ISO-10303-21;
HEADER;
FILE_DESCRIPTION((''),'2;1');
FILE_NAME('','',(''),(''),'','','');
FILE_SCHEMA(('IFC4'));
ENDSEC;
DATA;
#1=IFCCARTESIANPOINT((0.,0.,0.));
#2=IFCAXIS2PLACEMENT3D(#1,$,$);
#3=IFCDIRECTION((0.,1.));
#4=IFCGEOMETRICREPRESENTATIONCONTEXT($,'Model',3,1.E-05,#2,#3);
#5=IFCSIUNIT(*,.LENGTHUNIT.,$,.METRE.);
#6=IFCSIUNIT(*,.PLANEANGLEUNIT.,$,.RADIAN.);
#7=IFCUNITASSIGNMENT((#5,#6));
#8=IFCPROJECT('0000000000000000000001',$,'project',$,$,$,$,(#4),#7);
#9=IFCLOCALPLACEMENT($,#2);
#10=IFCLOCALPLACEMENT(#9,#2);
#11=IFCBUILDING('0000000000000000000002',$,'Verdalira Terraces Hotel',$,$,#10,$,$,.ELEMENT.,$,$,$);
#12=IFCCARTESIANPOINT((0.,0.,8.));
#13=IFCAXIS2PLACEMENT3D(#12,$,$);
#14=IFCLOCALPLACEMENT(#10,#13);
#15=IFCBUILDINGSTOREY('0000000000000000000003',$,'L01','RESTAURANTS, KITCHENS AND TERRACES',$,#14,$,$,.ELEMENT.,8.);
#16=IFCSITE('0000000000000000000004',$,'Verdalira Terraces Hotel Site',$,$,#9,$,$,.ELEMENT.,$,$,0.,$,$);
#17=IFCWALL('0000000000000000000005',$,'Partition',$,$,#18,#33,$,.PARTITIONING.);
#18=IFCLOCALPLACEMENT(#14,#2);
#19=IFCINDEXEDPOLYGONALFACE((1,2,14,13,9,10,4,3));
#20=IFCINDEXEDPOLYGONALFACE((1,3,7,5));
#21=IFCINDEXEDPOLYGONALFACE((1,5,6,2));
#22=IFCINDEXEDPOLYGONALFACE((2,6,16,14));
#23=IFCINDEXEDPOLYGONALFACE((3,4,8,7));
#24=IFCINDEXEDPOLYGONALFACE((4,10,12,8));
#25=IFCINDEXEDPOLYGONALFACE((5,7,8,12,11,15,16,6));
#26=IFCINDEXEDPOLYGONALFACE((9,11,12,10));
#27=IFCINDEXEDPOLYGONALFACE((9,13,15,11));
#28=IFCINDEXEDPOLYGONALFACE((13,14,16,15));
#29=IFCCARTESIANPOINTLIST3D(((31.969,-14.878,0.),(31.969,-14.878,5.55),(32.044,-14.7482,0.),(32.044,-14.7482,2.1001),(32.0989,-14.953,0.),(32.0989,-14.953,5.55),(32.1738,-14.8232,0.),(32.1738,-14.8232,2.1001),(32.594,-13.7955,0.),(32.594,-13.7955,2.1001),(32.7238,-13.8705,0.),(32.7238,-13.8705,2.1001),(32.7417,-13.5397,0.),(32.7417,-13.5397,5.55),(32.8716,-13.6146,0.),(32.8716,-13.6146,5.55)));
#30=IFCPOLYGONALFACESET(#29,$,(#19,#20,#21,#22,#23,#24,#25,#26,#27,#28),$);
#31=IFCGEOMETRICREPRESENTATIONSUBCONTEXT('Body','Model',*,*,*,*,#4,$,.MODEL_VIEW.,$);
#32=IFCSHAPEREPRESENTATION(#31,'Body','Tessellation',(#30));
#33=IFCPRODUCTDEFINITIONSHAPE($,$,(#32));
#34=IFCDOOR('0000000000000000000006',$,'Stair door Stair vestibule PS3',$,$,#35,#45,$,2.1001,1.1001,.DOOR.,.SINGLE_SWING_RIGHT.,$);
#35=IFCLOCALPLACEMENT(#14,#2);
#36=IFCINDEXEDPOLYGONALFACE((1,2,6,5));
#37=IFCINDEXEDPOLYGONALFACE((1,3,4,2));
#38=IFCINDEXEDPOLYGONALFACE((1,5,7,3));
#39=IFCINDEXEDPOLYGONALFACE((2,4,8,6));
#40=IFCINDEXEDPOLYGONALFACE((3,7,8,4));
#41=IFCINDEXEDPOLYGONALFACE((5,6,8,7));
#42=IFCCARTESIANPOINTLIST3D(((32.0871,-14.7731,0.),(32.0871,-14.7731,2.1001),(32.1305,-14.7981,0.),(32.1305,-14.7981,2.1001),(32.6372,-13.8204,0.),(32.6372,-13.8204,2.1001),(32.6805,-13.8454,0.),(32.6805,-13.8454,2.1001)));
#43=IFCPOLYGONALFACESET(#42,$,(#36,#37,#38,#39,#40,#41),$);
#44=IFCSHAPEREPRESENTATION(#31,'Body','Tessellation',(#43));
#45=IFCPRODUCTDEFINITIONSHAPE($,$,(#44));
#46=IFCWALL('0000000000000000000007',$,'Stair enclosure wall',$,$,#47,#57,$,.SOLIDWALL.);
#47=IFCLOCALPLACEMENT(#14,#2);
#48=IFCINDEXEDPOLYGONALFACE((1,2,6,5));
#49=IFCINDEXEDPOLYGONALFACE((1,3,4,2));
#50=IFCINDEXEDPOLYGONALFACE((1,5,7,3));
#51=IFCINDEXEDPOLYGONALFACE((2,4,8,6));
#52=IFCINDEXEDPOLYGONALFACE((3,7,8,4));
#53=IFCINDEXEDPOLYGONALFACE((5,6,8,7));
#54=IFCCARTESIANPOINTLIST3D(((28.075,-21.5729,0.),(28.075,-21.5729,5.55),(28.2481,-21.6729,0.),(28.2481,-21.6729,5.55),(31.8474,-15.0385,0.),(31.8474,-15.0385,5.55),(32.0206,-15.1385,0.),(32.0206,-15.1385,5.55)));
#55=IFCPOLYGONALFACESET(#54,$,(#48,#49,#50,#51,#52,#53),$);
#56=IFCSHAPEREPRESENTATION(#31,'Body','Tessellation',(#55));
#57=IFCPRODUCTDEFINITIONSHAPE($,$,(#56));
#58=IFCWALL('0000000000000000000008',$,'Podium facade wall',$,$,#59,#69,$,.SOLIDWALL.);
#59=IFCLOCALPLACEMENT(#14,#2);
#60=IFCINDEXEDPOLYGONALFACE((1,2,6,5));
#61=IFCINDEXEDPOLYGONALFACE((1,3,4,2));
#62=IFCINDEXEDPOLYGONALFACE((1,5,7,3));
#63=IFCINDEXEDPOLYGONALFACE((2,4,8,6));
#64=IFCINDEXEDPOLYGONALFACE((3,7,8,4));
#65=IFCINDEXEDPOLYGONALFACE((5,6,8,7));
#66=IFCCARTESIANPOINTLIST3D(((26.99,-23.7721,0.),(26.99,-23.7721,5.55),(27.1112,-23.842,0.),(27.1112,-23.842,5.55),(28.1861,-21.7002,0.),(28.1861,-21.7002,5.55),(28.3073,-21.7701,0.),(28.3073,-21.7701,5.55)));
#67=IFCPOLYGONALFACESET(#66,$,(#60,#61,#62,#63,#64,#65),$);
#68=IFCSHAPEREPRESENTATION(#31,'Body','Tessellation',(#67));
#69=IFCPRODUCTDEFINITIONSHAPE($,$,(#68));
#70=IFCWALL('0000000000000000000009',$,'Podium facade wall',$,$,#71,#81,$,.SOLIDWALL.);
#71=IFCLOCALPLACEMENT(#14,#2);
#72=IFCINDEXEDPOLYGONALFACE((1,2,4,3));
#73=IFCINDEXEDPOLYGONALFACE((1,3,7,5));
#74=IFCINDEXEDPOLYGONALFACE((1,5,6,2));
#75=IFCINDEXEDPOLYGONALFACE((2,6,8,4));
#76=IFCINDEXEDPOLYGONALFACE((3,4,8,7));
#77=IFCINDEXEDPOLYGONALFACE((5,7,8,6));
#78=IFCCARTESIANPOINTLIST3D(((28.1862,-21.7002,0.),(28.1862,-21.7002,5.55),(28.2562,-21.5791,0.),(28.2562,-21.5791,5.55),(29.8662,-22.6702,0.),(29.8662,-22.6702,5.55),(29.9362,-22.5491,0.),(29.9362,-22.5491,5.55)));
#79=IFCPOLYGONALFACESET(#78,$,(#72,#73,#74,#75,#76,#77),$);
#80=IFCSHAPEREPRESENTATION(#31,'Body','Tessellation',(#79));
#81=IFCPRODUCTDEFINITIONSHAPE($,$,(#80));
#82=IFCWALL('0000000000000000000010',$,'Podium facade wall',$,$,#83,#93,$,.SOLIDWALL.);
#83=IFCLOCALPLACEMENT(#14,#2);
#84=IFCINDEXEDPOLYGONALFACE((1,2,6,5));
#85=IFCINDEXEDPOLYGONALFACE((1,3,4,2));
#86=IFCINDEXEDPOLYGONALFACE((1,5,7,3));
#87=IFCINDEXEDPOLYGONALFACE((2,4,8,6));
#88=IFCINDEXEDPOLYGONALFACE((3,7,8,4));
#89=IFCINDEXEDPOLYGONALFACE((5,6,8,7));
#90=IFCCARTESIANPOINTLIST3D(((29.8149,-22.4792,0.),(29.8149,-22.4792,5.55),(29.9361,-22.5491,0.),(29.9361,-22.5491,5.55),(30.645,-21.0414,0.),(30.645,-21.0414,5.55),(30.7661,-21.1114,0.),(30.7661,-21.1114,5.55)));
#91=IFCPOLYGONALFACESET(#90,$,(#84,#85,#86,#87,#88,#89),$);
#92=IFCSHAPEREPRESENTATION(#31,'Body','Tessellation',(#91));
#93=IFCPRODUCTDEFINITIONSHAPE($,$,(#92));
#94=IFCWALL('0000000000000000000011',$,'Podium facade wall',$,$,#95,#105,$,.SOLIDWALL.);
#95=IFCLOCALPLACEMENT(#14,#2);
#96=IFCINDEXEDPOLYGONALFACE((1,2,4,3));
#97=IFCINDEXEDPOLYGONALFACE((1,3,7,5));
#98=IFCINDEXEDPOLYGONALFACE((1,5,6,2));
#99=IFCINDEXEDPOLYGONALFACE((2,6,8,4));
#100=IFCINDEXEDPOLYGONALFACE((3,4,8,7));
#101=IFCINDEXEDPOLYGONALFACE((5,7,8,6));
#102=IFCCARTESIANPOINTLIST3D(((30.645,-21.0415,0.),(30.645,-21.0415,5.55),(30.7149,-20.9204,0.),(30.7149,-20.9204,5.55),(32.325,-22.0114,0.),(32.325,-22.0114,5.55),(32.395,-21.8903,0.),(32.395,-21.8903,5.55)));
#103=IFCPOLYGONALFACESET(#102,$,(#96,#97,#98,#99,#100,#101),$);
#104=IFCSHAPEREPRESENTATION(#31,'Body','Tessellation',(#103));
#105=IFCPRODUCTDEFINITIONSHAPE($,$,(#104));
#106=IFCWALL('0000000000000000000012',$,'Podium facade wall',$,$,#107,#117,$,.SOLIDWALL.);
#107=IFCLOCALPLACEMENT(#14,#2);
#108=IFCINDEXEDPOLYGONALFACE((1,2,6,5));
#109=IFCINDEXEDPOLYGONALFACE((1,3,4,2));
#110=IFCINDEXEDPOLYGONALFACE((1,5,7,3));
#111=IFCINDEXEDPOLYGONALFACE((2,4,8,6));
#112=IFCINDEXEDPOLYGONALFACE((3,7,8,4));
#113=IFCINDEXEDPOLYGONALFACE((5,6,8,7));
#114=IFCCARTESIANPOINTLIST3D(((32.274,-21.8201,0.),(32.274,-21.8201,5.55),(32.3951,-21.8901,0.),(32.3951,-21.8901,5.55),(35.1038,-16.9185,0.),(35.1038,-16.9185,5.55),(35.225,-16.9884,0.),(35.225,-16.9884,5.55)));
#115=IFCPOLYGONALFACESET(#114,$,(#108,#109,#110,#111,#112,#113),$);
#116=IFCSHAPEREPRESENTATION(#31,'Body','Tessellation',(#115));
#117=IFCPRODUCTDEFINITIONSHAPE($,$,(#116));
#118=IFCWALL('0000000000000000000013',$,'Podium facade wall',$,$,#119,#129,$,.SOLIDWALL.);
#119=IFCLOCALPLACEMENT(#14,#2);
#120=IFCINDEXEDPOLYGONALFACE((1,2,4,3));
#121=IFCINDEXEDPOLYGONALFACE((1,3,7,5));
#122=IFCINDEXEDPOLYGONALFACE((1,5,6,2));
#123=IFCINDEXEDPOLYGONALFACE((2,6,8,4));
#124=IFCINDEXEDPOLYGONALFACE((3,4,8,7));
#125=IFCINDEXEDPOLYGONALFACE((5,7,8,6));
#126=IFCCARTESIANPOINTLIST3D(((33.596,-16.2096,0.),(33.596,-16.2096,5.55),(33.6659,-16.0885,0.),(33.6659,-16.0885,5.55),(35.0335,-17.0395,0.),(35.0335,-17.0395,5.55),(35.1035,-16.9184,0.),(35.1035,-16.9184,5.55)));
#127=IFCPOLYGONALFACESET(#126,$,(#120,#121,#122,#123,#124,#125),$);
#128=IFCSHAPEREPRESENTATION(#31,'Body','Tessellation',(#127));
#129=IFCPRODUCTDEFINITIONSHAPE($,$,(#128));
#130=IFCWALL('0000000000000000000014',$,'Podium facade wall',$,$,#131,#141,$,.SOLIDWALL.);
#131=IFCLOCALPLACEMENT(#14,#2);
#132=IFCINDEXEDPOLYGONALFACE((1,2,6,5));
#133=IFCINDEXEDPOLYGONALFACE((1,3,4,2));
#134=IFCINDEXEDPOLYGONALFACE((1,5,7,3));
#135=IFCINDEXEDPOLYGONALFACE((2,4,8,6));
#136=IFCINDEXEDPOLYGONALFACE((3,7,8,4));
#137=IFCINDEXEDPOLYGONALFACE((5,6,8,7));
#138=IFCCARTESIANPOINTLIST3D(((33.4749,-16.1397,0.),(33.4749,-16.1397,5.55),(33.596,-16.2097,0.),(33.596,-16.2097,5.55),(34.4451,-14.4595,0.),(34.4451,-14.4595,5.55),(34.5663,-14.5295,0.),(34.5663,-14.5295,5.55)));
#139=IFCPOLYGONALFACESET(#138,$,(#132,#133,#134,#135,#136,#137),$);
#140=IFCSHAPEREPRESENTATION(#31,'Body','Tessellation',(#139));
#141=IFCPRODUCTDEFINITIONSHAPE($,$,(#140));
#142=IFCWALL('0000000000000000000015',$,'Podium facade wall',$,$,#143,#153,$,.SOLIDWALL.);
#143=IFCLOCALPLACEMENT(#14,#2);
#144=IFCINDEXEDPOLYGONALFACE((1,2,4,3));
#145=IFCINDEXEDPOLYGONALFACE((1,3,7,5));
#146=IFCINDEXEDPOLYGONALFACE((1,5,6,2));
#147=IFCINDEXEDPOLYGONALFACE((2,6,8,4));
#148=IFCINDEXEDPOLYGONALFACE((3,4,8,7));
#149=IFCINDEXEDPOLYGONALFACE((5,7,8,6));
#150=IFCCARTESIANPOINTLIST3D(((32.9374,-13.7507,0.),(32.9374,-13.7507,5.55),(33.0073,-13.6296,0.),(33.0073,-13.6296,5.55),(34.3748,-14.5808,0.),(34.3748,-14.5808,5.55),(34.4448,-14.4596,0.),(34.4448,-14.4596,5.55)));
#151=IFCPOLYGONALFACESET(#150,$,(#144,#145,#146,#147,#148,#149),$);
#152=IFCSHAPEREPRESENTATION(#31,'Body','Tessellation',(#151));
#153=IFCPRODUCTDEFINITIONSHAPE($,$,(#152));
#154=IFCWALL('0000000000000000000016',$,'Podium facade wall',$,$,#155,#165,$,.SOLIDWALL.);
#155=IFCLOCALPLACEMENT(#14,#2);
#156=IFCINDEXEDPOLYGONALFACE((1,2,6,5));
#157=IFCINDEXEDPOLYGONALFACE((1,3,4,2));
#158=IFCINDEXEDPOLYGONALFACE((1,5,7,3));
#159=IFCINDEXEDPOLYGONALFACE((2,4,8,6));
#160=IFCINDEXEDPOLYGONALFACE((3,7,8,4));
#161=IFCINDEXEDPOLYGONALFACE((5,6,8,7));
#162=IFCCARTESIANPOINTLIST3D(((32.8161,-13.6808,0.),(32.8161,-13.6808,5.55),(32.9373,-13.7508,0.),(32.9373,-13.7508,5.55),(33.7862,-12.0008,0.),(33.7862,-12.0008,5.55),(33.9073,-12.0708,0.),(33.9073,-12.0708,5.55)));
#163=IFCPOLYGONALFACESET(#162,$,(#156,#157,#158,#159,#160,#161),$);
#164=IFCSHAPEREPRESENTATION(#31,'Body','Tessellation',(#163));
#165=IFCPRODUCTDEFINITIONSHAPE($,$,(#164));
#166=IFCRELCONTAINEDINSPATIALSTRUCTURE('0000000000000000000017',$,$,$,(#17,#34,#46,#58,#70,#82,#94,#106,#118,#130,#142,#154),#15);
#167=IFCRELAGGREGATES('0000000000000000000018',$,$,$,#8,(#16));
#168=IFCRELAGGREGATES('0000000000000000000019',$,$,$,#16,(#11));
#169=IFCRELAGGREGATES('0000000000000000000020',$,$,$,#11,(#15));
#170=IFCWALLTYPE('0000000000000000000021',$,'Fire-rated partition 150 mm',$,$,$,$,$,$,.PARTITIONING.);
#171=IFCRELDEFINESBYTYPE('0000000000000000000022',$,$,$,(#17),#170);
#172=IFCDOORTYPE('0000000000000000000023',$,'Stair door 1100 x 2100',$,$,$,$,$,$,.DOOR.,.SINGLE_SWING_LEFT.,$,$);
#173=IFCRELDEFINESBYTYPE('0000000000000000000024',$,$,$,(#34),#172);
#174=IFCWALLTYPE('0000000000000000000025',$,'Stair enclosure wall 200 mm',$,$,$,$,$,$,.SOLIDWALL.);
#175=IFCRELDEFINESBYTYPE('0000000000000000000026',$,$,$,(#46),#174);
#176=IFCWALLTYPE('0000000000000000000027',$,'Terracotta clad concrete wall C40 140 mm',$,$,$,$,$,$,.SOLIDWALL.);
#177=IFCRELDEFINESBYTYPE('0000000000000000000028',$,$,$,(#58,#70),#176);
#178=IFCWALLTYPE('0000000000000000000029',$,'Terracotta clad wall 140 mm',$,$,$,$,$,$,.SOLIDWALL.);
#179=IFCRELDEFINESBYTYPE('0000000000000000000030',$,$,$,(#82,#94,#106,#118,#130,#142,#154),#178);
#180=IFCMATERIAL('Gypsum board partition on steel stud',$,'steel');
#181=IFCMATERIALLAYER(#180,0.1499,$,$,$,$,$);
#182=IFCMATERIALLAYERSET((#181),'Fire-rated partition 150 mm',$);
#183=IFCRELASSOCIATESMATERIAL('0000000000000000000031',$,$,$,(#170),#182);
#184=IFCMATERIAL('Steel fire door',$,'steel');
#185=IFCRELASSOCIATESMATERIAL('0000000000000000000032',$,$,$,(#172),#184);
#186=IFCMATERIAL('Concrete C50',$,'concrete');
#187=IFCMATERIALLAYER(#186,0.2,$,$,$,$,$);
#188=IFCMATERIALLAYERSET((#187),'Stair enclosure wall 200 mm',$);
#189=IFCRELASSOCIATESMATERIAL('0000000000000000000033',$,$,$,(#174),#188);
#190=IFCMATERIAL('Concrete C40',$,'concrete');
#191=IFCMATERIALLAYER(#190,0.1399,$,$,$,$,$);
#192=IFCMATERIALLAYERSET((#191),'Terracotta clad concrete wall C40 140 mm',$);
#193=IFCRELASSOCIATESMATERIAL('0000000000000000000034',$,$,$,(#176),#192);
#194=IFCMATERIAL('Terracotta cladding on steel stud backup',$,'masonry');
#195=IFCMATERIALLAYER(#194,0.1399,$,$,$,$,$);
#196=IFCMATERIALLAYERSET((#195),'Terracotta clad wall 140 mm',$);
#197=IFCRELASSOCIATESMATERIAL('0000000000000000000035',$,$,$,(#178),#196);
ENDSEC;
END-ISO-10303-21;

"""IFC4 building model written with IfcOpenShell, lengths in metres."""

from ifc_helpers import new_model, si_unit, direction, frame, frame_2d, origin, place, context, subcontext, project, spatial, rectangle, extrude, material, layer, layer_set, type_object, element, fill, save


model = new_model("IFC4")

# Units and contexts
model_context = context("Model", 3, precision=1e-05, world=origin(), true_north=direction((0.0, 1.0)))
body_context = subcontext(model_context, "Body", "Model", "MODEL_VIEW")
ifc_project = project(units=[si_unit("LENGTHUNIT", "METRE"), si_unit("PLANEANGLEUNIT", "RADIAN")], contexts=[model_context])

# Site, building, storey
site_placement = place(None, origin())
site = spatial("IfcSite", under=ifc_project, at=site_placement, Name="Verdalira Terraces Hotel Site", CompositionType="ELEMENT", RefElevation=0.0)
building_placement = place(site_placement, origin())
building = spatial("IfcBuilding", under=site, at=building_placement, Name="Verdalira Terraces Hotel", CompositionType="ELEMENT")
storey_placement = place(building_placement, frame((0.0, 0.0, 8.0)))
storey = spatial("IfcBuildingStorey", under=building, at=storey_placement, Name="L01", Description="RESTAURANTS, KITCHENS AND TERRACES", CompositionType="ELEMENT", Elevation=8.0)

# Wall, opening, door
ifc_material_1 = material(Name="Gypsum board partition on steel stud", Category="steel")
ifc_layer_1 = layer(ifc_material_1, 0.1499)
ifc_layer_set_1 = layer_set([ifc_layer_1], Name="Fire-rated partition 150 mm")
wall_type_1 = type_object("IfcWallType", Name="Fire-rated partition 150 mm", PredefinedType="PARTITIONING", material=ifc_layer_set_1)
wall_1_placement = place(storey_placement, frame((32.8066, -13.5771, 0.0), z_axis=(0.0, 0.0, 1.0), x_axis=(-0.499996, -0.866028, 0.0)))
wall_1 = element("IfcWall", 1, at=wall_1_placement, inside=storey, type_object=wall_type_1, Name="Partition", PredefinedType="PARTITIONING", context=body_context, shape_type="SweptSolid", body=[
    extrude(rectangle(XDim=1.5454, YDim=0.1499, at=frame_2d((0.7727, 0.0))), origin(), (0.0, 0.0, 1.0), 5.55),
])
opening_placement = place(wall_1_placement, frame((0.2954, 0.0, 0.0)))
opening = element("IfcOpeningElement", 2, at=opening_placement, cuts=wall_1, PredefinedType="OPENING", context=body_context, shape_type="SweptSolid", body=[
    extrude(rectangle(XDim=1.1001, YDim=2.1001, at=frame_2d((0.55, 1.05))), frame((0.0, 0.085, 0.0), z_axis=(0.0, -1.0, 0.0), x_axis=(1.0, 0.0, 0.0)), (0.0, 0.0, 1.0), 0.1699),
])
ifc_material_2 = material(Name="Steel fire door", Category="steel")
door_type = type_object("IfcDoorType", Name="Stair door 1100 x 2100", OperationType="SINGLE_SWING_LEFT", PredefinedType="DOOR", material=ifc_material_2)
door_placement = place(opening_placement, origin())
door = element("IfcDoor", 3, at=door_placement, inside=storey, type_object=door_type, Name="Stair door Stair vestibule PS3", OperationType="SINGLE_SWING_RIGHT", OverallHeight=2.1001, OverallWidth=1.1001, PredefinedType="DOOR", context=body_context, shape_type="SweptSolid", body=[
    extrude(rectangle(XDim=1.1001, YDim=2.1001, at=frame_2d((0.55, 1.05))), frame((0.0, 0.0249, 0.0), z_axis=(0.0, -1.0, 0.0), x_axis=(1.0, 0.0, 0.0)), (0.0, 0.0, 1.0), 0.05),
])
fill(opening, door)

# Walls
ifc_material_3 = material(Name="Concrete C50", Category="concrete")
ifc_layer_2 = layer(ifc_material_3, 0.2)
ifc_layer_set_2 = layer_set([ifc_layer_2], Name="Stair enclosure wall 200 mm")
wall_type_2 = type_object("IfcWallType", Name="Stair enclosure wall 200 mm", PredefinedType="SOLIDWALL", material=ifc_layer_set_2)
wall_2_placement = place(storey_placement, frame((28.1616, -21.6228, 0.0), z_axis=(0.0, 0.0, 1.0), x_axis=(0.499981, 0.866036, 0.0)))
element("IfcWall", 4, at=wall_2_placement, inside=storey, type_object=wall_type_2, Name="Stair enclosure wall", PredefinedType="SOLIDWALL", context=body_context, shape_type="SweptSolid", body=[
    extrude(rectangle(XDim=7.5452, YDim=0.2, at=frame_2d((3.7725, 0.0))), origin(), (0.0, 0.0, 1.0), 5.55),
])
ifc_material_4 = material(Name="Concrete C40", Category="concrete")
ifc_layer_3 = layer(ifc_material_4, 0.1399)
ifc_layer_set_3 = layer_set([ifc_layer_3], Name="Terracotta clad concrete wall C40 140 mm")
wall_type_3 = type_object("IfcWallType", Name="Terracotta clad concrete wall C40 140 mm", PredefinedType="SOLIDWALL", material=ifc_layer_set_3)
wall_3_placement = place(storey_placement, frame((27.0505, -23.8071, 0.0), z_axis=(0.0, 0.0, 1.0), x_axis=(0.49997, 0.866043, 0.0)))
element("IfcWall", 5, at=wall_3_placement, inside=storey, type_object=wall_type_3, Name="Podium facade wall", PredefinedType="SOLIDWALL", context=body_context, shape_type="SweptSolid", body=[
    extrude(rectangle(XDim=2.3923, YDim=0.1399, at=frame_2d((1.1963, 0.0))), origin(), (0.0, 0.0, 1.0), 5.55),
])
wall_4_placement = place(storey_placement, frame((28.2212, -21.6396, 0.0), z_axis=(0.0, 0.0, 1.0), x_axis=(0.866012, -0.500024, 0.0)))
element("IfcWall", 6, at=wall_4_placement, inside=storey, type_object=wall_type_3, Name="Podium facade wall", PredefinedType="SOLIDWALL", context=body_context, shape_type="SweptSolid", body=[
    extrude(rectangle(XDim=1.9399, YDim=0.1399, at=frame_2d((0.97, 0.0))), origin(), (0.0, 0.0, 1.0), 5.55),
])
ifc_material_5 = material(Name="Terracotta cladding on steel stud backup", Category="masonry")
ifc_layer_4 = layer(ifc_material_5, 0.1399)
ifc_layer_set_4 = layer_set([ifc_layer_4], Name="Terracotta clad wall 140 mm")
wall_type_4 = type_object("IfcWallType", Name="Terracotta clad wall 140 mm", PredefinedType="SOLIDWALL", material=ifc_layer_set_4)
wall_5_placement = place(storey_placement, frame((29.8755, -22.5142, 0.0), z_axis=(0.0, 0.0, 1.0), x_axis=(0.499998, 0.866026, 0.0)))
element("IfcWall", 7, at=wall_5_placement, inside=storey, type_object=wall_type_4, Name="Podium facade wall", PredefinedType="SOLIDWALL", context=body_context, shape_type="SweptSolid", body=[
    extrude(rectangle(XDim=1.6602, YDim=0.1399, at=frame_2d((0.8301, 0.0))), origin(), (0.0, 0.0, 1.0), 5.55),
])
wall_6_placement = place(storey_placement, frame((30.6799, -20.981, 0.0), z_axis=(0.0, 0.0, 1.0), x_axis=(0.866043, -0.499969, 0.0)))
element("IfcWall", 8, at=wall_6_placement, inside=storey, type_object=wall_type_4, Name="Podium facade wall", PredefinedType="SOLIDWALL", context=body_context, shape_type="SweptSolid", body=[
    extrude(rectangle(XDim=1.9399, YDim=0.1399, at=frame_2d((0.97, 0.0))), origin(), (0.0, 0.0, 1.0), 5.55),
])
wall_7_placement = place(storey_placement, frame((32.3345, -21.8552, 0.0), z_axis=(0.0, 0.0, 1.0), x_axis=(0.499985, 0.866034, 0.0)))
element("IfcWall", 9, at=wall_7_placement, inside=storey, type_object=wall_type_4, Name="Podium facade wall", PredefinedType="SOLIDWALL", context=body_context, shape_type="SweptSolid", body=[
    extrude(rectangle(XDim=5.6599, YDim=0.1399, at=frame_2d((2.8301, 0.0))), origin(), (0.0, 0.0, 1.0), 5.55),
])
wall_8_placement = place(storey_placement, frame((35.0686, -16.979, 0.0), z_axis=(0.0, 0.0, 1.0), x_axis=(-0.866053, 0.499952, 0.0)))
element("IfcWall", 10, at=wall_8_placement, inside=storey, type_object=wall_type_4, Name="Podium facade wall", PredefinedType="SOLIDWALL", context=body_context, shape_type="SweptSolid", body=[
    extrude(rectangle(XDim=1.6599, YDim=0.1399, at=frame_2d((0.8301, 0.0))), origin(), (0.0, 0.0, 1.0), 5.55),
])
wall_9_placement = place(storey_placement, frame((33.5354, -16.1748, 0.0), z_axis=(0.0, 0.0, 1.0), x_axis=(0.500064, 0.865989, 0.0)))
element("IfcWall", 11, at=wall_9_placement, inside=storey, type_object=wall_type_4, Name="Podium facade wall", PredefinedType="SOLIDWALL", context=body_context, shape_type="SweptSolid", body=[
    extrude(rectangle(XDim=1.9402, YDim=0.1399, at=frame_2d((0.9702, 0.0))), origin(), (0.0, 0.0, 1.0), 5.55),
])
wall_10_placement = place(storey_placement, frame((34.4099, -14.5203, 0.0), z_axis=(0.0, 0.0, 1.0), x_axis=(-0.86599, 0.500062, 0.0)))
element("IfcWall", 12, at=wall_10_placement, inside=storey, type_object=wall_type_4, Name="Podium facade wall", PredefinedType="SOLIDWALL", context=body_context, shape_type="SweptSolid", body=[
    extrude(rectangle(XDim=1.6599, YDim=0.1399, at=frame_2d((0.8301, 0.0))), origin(), (0.0, 0.0, 1.0), 5.55),
])
wall_11_placement = place(storey_placement, frame((32.8767, -13.7158, 0.0), z_axis=(0.0, 0.0, 1.0), x_axis=(0.500024, 0.866012, 0.0)))
element("IfcWall", 13, at=wall_11_placement, inside=storey, type_object=wall_type_4, Name="Podium facade wall", PredefinedType="SOLIDWALL", context=body_context, shape_type="SweptSolid", body=[
    extrude(rectangle(XDim=1.9399, YDim=0.1399, at=frame_2d((0.97, 0.0))), origin(), (0.0, 0.0, 1.0), 5.55),
])

save(model, "model.ifc")
